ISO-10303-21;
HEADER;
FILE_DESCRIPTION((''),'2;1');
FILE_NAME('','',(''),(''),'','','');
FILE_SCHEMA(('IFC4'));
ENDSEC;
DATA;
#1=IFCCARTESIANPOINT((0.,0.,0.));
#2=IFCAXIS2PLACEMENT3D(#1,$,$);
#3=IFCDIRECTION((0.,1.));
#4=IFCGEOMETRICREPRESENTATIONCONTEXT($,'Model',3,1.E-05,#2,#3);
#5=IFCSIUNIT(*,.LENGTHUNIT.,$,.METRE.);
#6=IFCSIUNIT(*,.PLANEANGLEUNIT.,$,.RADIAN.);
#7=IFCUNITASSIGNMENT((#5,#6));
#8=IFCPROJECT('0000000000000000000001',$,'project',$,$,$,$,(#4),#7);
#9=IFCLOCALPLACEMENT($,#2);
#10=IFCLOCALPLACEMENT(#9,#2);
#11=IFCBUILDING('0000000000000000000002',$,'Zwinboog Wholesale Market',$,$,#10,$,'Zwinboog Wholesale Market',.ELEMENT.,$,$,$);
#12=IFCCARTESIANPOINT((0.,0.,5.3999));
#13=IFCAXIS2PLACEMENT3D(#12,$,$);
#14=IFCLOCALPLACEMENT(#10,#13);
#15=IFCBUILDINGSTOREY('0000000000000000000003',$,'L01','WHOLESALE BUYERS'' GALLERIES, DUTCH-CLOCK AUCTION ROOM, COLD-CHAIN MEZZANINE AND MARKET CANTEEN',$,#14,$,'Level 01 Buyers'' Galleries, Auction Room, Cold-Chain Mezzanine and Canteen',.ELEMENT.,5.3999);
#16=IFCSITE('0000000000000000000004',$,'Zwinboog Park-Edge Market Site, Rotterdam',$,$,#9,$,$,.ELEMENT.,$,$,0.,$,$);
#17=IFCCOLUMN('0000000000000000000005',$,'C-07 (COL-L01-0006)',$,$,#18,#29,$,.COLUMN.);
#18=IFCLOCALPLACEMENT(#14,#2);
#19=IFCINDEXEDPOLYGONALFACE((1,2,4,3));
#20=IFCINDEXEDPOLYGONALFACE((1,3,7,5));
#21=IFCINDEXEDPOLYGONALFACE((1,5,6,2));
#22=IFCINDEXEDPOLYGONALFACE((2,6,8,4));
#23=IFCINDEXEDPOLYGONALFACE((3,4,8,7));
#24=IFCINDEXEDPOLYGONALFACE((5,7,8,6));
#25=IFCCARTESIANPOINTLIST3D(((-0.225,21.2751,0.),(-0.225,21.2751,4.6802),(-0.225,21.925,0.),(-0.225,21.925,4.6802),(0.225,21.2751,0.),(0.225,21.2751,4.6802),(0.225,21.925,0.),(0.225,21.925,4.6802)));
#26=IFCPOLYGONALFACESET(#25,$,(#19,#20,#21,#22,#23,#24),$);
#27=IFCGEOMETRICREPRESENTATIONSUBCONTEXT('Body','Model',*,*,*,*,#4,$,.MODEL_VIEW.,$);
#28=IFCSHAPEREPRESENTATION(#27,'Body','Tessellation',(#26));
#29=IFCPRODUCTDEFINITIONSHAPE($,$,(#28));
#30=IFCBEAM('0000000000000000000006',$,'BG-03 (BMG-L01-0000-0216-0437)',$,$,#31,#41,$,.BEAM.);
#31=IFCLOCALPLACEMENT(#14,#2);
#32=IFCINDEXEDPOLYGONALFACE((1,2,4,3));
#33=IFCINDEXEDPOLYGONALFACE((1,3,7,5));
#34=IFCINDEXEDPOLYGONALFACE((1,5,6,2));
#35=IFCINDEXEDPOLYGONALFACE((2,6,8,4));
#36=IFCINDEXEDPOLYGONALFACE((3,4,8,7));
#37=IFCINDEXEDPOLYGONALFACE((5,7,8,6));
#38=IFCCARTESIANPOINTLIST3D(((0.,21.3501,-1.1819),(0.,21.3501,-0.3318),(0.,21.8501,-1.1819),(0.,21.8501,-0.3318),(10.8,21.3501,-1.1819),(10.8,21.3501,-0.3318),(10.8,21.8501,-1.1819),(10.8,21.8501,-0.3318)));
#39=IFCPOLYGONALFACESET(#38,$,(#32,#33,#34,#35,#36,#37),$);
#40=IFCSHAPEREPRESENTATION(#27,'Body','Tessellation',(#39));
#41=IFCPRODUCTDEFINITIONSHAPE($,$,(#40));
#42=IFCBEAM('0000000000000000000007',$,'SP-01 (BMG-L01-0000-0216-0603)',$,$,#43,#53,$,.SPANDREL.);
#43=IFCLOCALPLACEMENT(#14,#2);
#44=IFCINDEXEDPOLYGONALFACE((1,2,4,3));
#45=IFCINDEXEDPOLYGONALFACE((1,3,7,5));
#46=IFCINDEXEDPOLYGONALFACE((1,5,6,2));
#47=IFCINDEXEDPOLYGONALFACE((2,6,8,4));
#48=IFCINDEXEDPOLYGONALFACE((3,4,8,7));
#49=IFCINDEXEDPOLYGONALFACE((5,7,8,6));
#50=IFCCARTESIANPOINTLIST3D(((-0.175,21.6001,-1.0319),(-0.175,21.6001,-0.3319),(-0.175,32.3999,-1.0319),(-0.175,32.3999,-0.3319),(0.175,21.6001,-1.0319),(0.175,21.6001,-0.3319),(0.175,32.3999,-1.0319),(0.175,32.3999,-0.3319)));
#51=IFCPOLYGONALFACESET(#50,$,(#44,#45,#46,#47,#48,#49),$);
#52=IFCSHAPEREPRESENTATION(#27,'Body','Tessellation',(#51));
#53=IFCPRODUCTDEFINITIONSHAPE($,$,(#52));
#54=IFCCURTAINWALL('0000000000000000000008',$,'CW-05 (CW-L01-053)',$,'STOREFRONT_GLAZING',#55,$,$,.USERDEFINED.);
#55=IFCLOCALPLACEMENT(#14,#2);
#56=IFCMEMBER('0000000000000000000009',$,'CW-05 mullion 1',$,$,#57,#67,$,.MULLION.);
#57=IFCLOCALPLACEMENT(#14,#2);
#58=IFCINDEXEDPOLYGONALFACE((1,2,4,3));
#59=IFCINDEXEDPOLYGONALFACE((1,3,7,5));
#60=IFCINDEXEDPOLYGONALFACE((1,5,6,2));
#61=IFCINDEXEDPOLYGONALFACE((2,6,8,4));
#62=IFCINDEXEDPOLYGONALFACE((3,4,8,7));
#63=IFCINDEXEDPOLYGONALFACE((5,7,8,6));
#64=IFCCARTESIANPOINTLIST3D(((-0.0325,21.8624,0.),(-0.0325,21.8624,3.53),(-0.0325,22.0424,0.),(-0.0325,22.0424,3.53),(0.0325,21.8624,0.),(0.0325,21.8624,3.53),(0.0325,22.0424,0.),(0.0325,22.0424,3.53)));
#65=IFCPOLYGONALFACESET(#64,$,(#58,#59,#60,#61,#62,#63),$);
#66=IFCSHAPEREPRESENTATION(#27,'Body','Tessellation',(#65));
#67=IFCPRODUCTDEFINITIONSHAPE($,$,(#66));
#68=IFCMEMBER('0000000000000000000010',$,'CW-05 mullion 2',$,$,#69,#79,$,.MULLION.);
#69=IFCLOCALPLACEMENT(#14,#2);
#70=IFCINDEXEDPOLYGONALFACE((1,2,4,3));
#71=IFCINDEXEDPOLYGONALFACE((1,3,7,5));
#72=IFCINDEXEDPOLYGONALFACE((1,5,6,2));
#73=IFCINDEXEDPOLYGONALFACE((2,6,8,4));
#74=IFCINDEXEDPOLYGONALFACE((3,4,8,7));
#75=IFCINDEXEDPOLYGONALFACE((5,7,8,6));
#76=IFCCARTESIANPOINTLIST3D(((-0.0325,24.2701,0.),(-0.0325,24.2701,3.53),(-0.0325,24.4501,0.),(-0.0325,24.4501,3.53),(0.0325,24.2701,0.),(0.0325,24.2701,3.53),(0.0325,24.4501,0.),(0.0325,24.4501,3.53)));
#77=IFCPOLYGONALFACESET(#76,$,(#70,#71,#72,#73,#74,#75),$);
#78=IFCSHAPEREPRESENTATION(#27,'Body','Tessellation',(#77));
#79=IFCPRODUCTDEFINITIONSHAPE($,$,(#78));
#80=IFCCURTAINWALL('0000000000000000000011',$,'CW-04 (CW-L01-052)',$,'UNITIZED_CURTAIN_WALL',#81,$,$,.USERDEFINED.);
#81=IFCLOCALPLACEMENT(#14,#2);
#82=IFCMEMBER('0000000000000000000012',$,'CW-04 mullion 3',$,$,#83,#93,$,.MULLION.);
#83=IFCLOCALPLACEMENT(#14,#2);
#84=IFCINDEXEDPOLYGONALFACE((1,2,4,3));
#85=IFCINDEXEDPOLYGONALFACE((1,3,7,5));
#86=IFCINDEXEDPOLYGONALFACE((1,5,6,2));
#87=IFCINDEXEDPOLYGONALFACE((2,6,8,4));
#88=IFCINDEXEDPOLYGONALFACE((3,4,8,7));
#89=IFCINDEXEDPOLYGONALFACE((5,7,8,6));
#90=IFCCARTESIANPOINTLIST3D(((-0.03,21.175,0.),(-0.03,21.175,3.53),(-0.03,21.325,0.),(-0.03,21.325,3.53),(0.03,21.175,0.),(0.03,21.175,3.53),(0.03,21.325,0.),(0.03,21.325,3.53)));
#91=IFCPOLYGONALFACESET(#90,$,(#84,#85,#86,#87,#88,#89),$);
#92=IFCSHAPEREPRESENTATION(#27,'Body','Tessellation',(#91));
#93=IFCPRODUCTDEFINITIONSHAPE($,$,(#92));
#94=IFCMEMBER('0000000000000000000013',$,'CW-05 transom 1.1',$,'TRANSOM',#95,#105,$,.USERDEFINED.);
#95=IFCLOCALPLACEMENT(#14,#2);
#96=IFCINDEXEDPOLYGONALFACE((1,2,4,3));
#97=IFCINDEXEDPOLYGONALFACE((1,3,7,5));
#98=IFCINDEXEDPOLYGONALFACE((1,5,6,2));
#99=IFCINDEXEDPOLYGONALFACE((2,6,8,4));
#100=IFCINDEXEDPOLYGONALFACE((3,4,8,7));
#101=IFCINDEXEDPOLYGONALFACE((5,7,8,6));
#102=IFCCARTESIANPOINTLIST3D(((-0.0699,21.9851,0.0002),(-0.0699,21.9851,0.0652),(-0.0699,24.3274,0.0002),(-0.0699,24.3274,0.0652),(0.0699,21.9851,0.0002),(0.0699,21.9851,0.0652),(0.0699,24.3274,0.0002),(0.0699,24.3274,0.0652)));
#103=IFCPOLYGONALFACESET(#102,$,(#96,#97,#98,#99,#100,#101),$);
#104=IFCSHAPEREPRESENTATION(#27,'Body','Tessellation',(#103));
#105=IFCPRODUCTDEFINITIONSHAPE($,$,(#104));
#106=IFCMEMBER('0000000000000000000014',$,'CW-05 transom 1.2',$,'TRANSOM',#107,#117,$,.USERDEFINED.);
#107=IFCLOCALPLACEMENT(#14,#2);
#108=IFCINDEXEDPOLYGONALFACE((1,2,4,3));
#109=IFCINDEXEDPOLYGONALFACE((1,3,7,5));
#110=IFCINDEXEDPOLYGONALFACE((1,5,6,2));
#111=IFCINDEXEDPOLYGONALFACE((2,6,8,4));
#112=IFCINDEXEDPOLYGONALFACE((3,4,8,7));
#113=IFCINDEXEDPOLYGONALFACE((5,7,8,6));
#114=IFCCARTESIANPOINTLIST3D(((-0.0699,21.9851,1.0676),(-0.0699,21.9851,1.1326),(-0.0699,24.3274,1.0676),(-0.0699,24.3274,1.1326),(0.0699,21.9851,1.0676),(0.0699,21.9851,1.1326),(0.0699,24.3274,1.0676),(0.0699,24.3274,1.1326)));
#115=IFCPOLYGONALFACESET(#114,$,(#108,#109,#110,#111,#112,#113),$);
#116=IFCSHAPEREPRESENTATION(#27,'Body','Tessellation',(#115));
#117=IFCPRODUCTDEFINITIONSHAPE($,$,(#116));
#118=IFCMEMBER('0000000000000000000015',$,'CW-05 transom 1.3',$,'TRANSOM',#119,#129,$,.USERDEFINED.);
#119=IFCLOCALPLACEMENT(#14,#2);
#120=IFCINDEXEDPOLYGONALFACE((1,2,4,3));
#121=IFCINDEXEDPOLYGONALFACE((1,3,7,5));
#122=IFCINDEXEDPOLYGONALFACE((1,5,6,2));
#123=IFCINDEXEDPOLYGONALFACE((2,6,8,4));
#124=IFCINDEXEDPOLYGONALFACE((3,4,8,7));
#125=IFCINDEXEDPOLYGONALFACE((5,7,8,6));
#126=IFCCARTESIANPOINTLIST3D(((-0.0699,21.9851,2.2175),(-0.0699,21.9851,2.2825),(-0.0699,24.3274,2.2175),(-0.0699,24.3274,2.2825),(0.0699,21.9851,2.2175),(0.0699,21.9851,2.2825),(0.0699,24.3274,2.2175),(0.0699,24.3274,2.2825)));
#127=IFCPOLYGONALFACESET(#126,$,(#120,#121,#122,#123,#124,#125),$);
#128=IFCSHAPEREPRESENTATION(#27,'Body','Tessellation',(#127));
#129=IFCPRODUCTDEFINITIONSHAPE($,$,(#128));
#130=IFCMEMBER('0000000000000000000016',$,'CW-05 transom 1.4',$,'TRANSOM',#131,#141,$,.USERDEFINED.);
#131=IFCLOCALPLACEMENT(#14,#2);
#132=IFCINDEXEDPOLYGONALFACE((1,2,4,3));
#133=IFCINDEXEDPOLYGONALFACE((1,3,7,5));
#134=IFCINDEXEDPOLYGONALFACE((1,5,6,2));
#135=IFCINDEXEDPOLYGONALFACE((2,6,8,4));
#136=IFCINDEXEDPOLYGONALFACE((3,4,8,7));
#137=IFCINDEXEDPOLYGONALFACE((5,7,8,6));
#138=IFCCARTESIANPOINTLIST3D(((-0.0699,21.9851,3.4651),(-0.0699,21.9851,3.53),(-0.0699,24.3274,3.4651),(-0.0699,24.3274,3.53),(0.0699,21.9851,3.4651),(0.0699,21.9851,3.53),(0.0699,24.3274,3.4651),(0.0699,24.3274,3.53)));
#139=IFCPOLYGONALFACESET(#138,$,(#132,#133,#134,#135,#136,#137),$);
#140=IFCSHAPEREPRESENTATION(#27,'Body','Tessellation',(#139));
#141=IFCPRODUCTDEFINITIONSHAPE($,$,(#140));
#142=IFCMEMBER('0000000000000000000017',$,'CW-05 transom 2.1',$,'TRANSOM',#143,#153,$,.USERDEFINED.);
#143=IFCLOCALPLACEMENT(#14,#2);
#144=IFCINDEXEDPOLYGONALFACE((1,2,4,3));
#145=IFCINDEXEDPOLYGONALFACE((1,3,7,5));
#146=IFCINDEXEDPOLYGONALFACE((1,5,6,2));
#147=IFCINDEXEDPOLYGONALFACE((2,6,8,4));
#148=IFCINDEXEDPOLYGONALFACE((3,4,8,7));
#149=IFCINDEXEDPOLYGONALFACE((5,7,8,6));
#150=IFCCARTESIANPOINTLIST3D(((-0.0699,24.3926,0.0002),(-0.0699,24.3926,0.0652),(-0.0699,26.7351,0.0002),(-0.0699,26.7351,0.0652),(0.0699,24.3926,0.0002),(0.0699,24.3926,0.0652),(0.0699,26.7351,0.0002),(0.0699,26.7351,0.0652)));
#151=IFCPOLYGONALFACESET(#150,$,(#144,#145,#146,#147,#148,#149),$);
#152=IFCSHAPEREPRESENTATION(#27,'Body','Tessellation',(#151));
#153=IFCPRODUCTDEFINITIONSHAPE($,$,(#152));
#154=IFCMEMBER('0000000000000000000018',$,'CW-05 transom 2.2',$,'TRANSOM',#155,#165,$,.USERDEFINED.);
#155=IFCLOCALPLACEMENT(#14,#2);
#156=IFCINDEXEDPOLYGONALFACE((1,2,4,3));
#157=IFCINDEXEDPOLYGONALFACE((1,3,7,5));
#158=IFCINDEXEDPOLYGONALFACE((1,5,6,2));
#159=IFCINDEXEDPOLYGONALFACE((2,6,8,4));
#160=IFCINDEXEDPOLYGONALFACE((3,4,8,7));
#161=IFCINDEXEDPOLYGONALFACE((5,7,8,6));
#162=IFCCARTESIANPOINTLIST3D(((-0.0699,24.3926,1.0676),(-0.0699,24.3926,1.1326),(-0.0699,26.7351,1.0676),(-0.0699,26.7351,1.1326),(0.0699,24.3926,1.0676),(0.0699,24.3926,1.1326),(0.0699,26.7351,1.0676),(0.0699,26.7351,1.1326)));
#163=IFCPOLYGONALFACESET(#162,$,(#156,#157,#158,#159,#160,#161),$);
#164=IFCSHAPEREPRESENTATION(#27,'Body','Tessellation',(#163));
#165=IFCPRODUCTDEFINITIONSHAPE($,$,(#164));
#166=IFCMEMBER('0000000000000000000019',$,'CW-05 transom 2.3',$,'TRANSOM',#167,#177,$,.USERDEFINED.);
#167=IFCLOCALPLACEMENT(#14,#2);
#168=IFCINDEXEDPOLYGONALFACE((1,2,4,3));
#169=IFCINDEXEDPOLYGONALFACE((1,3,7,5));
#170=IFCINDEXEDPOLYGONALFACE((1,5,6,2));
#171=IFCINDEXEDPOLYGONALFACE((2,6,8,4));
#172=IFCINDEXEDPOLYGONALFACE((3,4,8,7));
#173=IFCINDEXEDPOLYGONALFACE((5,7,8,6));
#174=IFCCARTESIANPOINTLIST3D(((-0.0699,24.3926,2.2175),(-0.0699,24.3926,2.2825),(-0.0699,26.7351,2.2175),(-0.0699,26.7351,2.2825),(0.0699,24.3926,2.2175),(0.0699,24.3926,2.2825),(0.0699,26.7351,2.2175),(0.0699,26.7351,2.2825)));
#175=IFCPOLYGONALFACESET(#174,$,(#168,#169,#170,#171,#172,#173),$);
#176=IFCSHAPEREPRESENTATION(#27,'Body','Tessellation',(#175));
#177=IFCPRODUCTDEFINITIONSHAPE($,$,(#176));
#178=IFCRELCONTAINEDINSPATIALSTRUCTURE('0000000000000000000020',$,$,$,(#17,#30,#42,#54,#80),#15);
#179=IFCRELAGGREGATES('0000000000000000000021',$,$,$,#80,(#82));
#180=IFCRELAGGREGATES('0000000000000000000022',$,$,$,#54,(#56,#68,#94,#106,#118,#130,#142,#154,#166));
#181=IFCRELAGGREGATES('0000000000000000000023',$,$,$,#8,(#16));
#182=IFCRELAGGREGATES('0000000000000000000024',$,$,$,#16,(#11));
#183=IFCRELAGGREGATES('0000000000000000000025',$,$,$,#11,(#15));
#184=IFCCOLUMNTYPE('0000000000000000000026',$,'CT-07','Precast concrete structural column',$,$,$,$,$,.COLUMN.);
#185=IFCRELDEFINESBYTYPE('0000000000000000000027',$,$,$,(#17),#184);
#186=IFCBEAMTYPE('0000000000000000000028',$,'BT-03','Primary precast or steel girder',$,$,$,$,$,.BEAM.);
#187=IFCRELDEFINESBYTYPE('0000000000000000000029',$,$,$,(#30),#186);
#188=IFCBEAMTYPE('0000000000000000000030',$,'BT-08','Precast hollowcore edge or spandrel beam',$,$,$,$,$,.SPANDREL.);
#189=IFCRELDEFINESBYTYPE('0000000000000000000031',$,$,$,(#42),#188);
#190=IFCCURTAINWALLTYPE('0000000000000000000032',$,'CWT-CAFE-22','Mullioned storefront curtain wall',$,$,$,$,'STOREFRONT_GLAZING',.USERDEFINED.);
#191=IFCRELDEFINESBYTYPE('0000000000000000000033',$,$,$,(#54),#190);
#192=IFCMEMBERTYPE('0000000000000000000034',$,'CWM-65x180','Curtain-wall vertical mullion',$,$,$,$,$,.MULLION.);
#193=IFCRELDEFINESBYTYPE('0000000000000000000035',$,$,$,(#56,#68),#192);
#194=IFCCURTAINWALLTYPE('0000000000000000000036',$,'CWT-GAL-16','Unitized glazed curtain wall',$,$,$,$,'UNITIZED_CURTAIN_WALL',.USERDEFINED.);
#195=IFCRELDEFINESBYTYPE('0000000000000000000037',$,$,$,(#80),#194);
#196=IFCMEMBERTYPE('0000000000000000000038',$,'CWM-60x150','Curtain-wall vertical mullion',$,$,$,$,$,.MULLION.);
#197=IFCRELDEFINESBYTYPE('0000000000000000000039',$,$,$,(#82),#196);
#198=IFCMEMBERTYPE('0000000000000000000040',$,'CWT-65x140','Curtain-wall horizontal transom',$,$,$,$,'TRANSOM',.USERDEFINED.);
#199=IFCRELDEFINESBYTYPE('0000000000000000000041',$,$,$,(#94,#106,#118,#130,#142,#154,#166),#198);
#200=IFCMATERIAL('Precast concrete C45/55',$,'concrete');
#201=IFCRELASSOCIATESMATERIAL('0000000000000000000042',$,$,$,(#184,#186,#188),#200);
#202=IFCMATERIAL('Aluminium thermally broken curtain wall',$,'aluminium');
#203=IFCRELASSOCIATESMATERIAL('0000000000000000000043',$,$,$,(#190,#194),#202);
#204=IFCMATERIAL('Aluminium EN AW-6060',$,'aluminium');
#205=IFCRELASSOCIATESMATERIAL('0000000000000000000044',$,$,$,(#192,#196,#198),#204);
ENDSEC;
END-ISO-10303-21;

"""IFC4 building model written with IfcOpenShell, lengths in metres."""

from ifc_helpers import new_model, si_unit, direction, frame, origin, origin_2d, place, context, subcontext, project, spatial, rectangle, extrude, material, material_profile, profile_set, type_object, element, aggregate, save


model = new_model("IFC4")

# Units and contexts
model_context = context("Model", 3, precision=1e-05, world=origin(), true_north=direction((0.0, 1.0)))
body_context = subcontext(model_context, "Body", "Model", "MODEL_VIEW")
ifc_project = project(units=[si_unit("LENGTHUNIT", "METRE"), si_unit("PLANEANGLEUNIT", "RADIAN")], contexts=[model_context])

# Site, building, storey
site_placement = place(None, origin())
site = spatial("IfcSite", under=ifc_project, at=site_placement, Name="Zwinboog Park-Edge Market Site, Rotterdam", CompositionType="ELEMENT", RefElevation=0.0)
building_placement = place(site_placement, origin())
building = spatial("IfcBuilding", under=site, at=building_placement, Name="Zwinboog Wholesale Market", LongName="Zwinboog Wholesale Market", CompositionType="ELEMENT")
storey_placement = place(building_placement, frame((0.0, 0.0, 5.3999)))
storey = spatial("IfcBuildingStorey", under=building, at=storey_placement, Name="L01", Description="WHOLESALE BUYERS' GALLERIES, DUTCH-CLOCK AUCTION ROOM, COLD-CHAIN MEZZANINE AND MARKET CANTEEN", LongName="Level 01 Buyers' Galleries, Auction Room, Cold-Chain Mezzanine and Canteen", CompositionType="ELEMENT", Elevation=5.3999)

# Column
ifc_material_1 = material(Name="Precast concrete C45/55", Category="concrete")
ifc_material_profile_1 = material_profile(ifc_material_1, rectangle(XDim=0.45, YDim=0.6499, at=origin_2d()), Name="PC 450x650")
ifc_profile_set_1 = profile_set([ifc_material_profile_1], Name="Precast concrete C45/55")
column_type = type_object("IfcColumnType", Name="CT-07", Description="Precast concrete structural column", PredefinedType="COLUMN", material=ifc_profile_set_1)
column_placement = place(storey_placement, frame((0.0, 21.6001, 0.0), z_axis=(0.0, 0.0, 1.0), x_axis=(1.0, 0.0, 0.0)))
element("IfcColumn", 1, at=column_placement, inside=storey, type_object=column_type, Name="C-07 (COL-L01-0006)", PredefinedType="COLUMN", context=body_context, shape_type="SweptSolid", body=[
    extrude(rectangle(XDim=0.45, YDim=0.6499, at=origin_2d()), origin(), (0.0, 0.0, 1.0), 4.6802),
])

# Beams
ifc_material_profile_2 = material_profile(ifc_material_1, rectangle(XDim=0.5, YDim=0.8501, at=origin_2d()), Name="PC 500x850")
ifc_profile_set_2 = profile_set([ifc_material_profile_2], Name="Precast concrete C45/55")
beam_type_1 = type_object("IfcBeamType", Name="BT-03", Description="Primary precast or steel girder", PredefinedType="BEAM", material=ifc_profile_set_2)
beam_1_placement = place(storey_placement, frame((0.0, 21.6001, -0.7568), z_axis=(1.0, 0.0, 0.0), x_axis=(0.0, 1.0, 0.0)))
element("IfcBeam", 2, at=beam_1_placement, inside=storey, type_object=beam_type_1, Name="BG-03 (BMG-L01-0000-0216-0437)", PredefinedType="BEAM", context=body_context, shape_type="SweptSolid", body=[
    extrude(rectangle(XDim=0.5, YDim=0.8501, at=origin_2d()), origin(), (0.0, 0.0, 1.0), 10.8),
])
ifc_material_profile_3 = material_profile(ifc_material_1, rectangle(XDim=0.3501, YDim=0.7, at=origin_2d()), Name="PC 350x700")
ifc_profile_set_3 = profile_set([ifc_material_profile_3], Name="Precast concrete C45/55")
beam_type_2 = type_object("IfcBeamType", Name="BT-08", Description="Precast hollowcore edge or spandrel beam", PredefinedType="SPANDREL", material=ifc_profile_set_3)
beam_2_placement = place(storey_placement, frame((0.0, 21.6001, -0.6819), z_axis=(0.0, 1.0, 0.0), x_axis=(-1.0, 0.0, 0.0)))
element("IfcBeam", 3, at=beam_2_placement, inside=storey, type_object=beam_type_2, Name="SP-01 (BMG-L01-0000-0216-0603)", PredefinedType="SPANDREL", context=body_context, shape_type="SweptSolid", body=[
    extrude(rectangle(XDim=0.3501, YDim=0.7, at=origin_2d()), origin(), (0.0, 0.0, 1.0), 10.7998),
])

# Curtain wall, members
ifc_material_2 = material(Name="Aluminium thermally broken curtain wall", Category="aluminium")
curtain_wall_type_1 = type_object("IfcCurtainWallType", Name="CWT-CAFE-22", Description="Mullioned storefront curtain wall", ElementType="STOREFRONT_GLAZING", PredefinedType="USERDEFINED", material=ifc_material_2)
curtain_wall_1_placement = place(storey_placement, origin())
curtain_wall_1 = element("IfcCurtainWall", 4, at=curtain_wall_1_placement, inside=storey, type_object=curtain_wall_type_1, Name="CW-05 (CW-L01-053)", ObjectType="STOREFRONT_GLAZING", PredefinedType="USERDEFINED")
ifc_material_3 = material(Name="Aluminium EN AW-6060", Category="aluminium")
ifc_material_profile_4 = material_profile(ifc_material_3, rectangle(XDim=0.0649, YDim=0.1799, at=origin_2d()), Name="AL 65x180")
ifc_profile_set_4 = profile_set([ifc_material_profile_4], Name="Aluminium EN AW-6060")
member_type_1 = type_object("IfcMemberType", Name="CWM-65x180", Description="Curtain-wall vertical mullion", PredefinedType="MULLION", material=ifc_profile_set_4)
member_1_placement = place(storey_placement, frame((0.0, 21.9524, 0.0), z_axis=(0.0, 0.0, 1.0), x_axis=(-1.0, 0.0, 0.0)))
member_1 = element("IfcMember", 5, at=member_1_placement, type_object=member_type_1, Name="CW-05 mullion 1", PredefinedType="MULLION", context=body_context, shape_type="SweptSolid", body=[
    extrude(rectangle(XDim=0.0649, YDim=0.1799, at=origin_2d()), origin(), (0.0, 0.0, 1.0), 3.53),
])
member_2_placement = place(storey_placement, frame((0.0, 24.3601, 0.0), z_axis=(0.0, 0.0, 1.0), x_axis=(-1.0, 0.0, 0.0)))
member_2 = element("IfcMember", 6, at=member_2_placement, type_object=member_type_1, Name="CW-05 mullion 2", PredefinedType="MULLION", context=body_context, shape_type="SweptSolid", body=[
    extrude(rectangle(XDim=0.0649, YDim=0.1799, at=origin_2d()), origin(), (0.0, 0.0, 1.0), 3.53),
])

# Curtain wall, member
curtain_wall_type_2 = type_object("IfcCurtainWallType", Name="CWT-GAL-16", Description="Unitized glazed curtain wall", ElementType="UNITIZED_CURTAIN_WALL", PredefinedType="USERDEFINED", material=ifc_material_2)
curtain_wall_2_placement = place(storey_placement, origin())
curtain_wall_2 = element("IfcCurtainWall", 7, at=curtain_wall_2_placement, inside=storey, type_object=curtain_wall_type_2, Name="CW-04 (CW-L01-052)", ObjectType="UNITIZED_CURTAIN_WALL", PredefinedType="USERDEFINED")
ifc_material_profile_5 = material_profile(ifc_material_3, rectangle(XDim=0.0601, YDim=0.1499, at=origin_2d()), Name="AL 60x150")
ifc_profile_set_5 = profile_set([ifc_material_profile_5], Name="Aluminium EN AW-6060")
member_type_2 = type_object("IfcMemberType", Name="CWM-60x150", Description="Curtain-wall vertical mullion", PredefinedType="MULLION", material=ifc_profile_set_5)
member_3_placement = place(storey_placement, frame((0.0, 21.25, 0.0), z_axis=(0.0, 0.0, 1.0), x_axis=(-1.0, 0.0, 0.0)))
member_3 = element("IfcMember", 8, at=member_3_placement, type_object=member_type_2, Name="CW-04 mullion 3", PredefinedType="MULLION", context=body_context, shape_type="SweptSolid", body=[
    extrude(rectangle(XDim=0.0601, YDim=0.1499, at=origin_2d()), origin(), (0.0, 0.0, 1.0), 3.53),
])

# Members
ifc_material_profile_6 = material_profile(ifc_material_3, rectangle(XDim=0.1399, YDim=0.0649, at=origin_2d()), Name="AL 65x140")
ifc_profile_set_6 = profile_set([ifc_material_profile_6], Name="Aluminium EN AW-6060")
member_type_3 = type_object("IfcMemberType", Name="CWT-65x140", Description="Curtain-wall horizontal transom", ElementType="TRANSOM", PredefinedType="USERDEFINED", material=ifc_profile_set_6)
member_4_placement = place(storey_placement, frame((0.0, 21.9851, 0.0327), z_axis=(0.0, 1.0, 0.0), x_axis=(-1.0, 0.0, 0.0)))
member_4 = element("IfcMember", 9, at=member_4_placement, type_object=member_type_3, Name="CW-05 transom 1.1", ObjectType="TRANSOM", PredefinedType="USERDEFINED", context=body_context, shape_type="SweptSolid", body=[
    extrude(rectangle(XDim=0.1399, YDim=0.0649, at=origin_2d()), origin(), (0.0, 0.0, 1.0), 2.3423),
])
member_5_placement = place(storey_placement, frame((0.0, 21.9851, 1.1001), z_axis=(0.0, 1.0, 0.0), x_axis=(-1.0, 0.0, 0.0)))
member_5 = element("IfcMember", 10, at=member_5_placement, type_object=member_type_3, Name="CW-05 transom 1.2", ObjectType="TRANSOM", PredefinedType="USERDEFINED", context=body_context, shape_type="SweptSolid", body=[
    extrude(rectangle(XDim=0.1399, YDim=0.0649, at=origin_2d()), origin(), (0.0, 0.0, 1.0), 2.3423),
])
member_6_placement = place(storey_placement, frame((0.0, 21.9851, 2.25), z_axis=(0.0, 1.0, 0.0), x_axis=(-1.0, 0.0, 0.0)))
member_6 = element("IfcMember", 11, at=member_6_placement, type_object=member_type_3, Name="CW-05 transom 1.3", ObjectType="TRANSOM", PredefinedType="USERDEFINED", context=body_context, shape_type="SweptSolid", body=[
    extrude(rectangle(XDim=0.1399, YDim=0.0649, at=origin_2d()), origin(), (0.0, 0.0, 1.0), 2.3423),
])
member_7_placement = place(storey_placement, frame((0.0, 21.9851, 3.4976), z_axis=(0.0, 1.0, 0.0), x_axis=(-1.0, 0.0, 0.0)))
member_7 = element("IfcMember", 12, at=member_7_placement, type_object=member_type_3, Name="CW-05 transom 1.4", ObjectType="TRANSOM", PredefinedType="USERDEFINED", context=body_context, shape_type="SweptSolid", body=[
    extrude(rectangle(XDim=0.1399, YDim=0.0649, at=origin_2d()), origin(), (0.0, 0.0, 1.0), 2.3423),
])
member_8_placement = place(storey_placement, frame((0.0, 24.3926, 0.0327), z_axis=(0.0, 1.0, 0.0), x_axis=(-1.0, 0.0, 0.0)))
member_8 = element("IfcMember", 13, at=member_8_placement, type_object=member_type_3, Name="CW-05 transom 2.1", ObjectType="TRANSOM", PredefinedType="USERDEFINED", context=body_context, shape_type="SweptSolid", body=[
    extrude(rectangle(XDim=0.1399, YDim=0.0649, at=origin_2d()), origin(), (0.0, 0.0, 1.0), 2.3425),
])
member_9_placement = place(storey_placement, frame((0.0, 24.3926, 1.1001), z_axis=(0.0, 1.0, 0.0), x_axis=(-1.0, 0.0, 0.0)))
member_9 = element("IfcMember", 14, at=member_9_placement, type_object=member_type_3, Name="CW-05 transom 2.2", ObjectType="TRANSOM", PredefinedType="USERDEFINED", context=body_context, shape_type="SweptSolid", body=[
    extrude(rectangle(XDim=0.1399, YDim=0.0649, at=origin_2d()), origin(), (0.0, 0.0, 1.0), 2.3425),
])
member_10_placement = place(storey_placement, frame((0.0, 24.3926, 2.25), z_axis=(0.0, 1.0, 0.0), x_axis=(-1.0, 0.0, 0.0)))
member_10 = element("IfcMember", 15, at=member_10_placement, type_object=member_type_3, Name="CW-05 transom 2.3", ObjectType="TRANSOM", PredefinedType="USERDEFINED", context=body_context, shape_type="SweptSolid", body=[
    extrude(rectangle(XDim=0.1399, YDim=0.0649, at=origin_2d()), origin(), (0.0, 0.0, 1.0), 2.3425),
])

aggregate(curtain_wall_2, [member_3])
aggregate(curtain_wall_1, [member_1, member_2, member_4, member_5, member_6, member_7, member_8, member_9, member_10])

save(model, "model.ifc")
